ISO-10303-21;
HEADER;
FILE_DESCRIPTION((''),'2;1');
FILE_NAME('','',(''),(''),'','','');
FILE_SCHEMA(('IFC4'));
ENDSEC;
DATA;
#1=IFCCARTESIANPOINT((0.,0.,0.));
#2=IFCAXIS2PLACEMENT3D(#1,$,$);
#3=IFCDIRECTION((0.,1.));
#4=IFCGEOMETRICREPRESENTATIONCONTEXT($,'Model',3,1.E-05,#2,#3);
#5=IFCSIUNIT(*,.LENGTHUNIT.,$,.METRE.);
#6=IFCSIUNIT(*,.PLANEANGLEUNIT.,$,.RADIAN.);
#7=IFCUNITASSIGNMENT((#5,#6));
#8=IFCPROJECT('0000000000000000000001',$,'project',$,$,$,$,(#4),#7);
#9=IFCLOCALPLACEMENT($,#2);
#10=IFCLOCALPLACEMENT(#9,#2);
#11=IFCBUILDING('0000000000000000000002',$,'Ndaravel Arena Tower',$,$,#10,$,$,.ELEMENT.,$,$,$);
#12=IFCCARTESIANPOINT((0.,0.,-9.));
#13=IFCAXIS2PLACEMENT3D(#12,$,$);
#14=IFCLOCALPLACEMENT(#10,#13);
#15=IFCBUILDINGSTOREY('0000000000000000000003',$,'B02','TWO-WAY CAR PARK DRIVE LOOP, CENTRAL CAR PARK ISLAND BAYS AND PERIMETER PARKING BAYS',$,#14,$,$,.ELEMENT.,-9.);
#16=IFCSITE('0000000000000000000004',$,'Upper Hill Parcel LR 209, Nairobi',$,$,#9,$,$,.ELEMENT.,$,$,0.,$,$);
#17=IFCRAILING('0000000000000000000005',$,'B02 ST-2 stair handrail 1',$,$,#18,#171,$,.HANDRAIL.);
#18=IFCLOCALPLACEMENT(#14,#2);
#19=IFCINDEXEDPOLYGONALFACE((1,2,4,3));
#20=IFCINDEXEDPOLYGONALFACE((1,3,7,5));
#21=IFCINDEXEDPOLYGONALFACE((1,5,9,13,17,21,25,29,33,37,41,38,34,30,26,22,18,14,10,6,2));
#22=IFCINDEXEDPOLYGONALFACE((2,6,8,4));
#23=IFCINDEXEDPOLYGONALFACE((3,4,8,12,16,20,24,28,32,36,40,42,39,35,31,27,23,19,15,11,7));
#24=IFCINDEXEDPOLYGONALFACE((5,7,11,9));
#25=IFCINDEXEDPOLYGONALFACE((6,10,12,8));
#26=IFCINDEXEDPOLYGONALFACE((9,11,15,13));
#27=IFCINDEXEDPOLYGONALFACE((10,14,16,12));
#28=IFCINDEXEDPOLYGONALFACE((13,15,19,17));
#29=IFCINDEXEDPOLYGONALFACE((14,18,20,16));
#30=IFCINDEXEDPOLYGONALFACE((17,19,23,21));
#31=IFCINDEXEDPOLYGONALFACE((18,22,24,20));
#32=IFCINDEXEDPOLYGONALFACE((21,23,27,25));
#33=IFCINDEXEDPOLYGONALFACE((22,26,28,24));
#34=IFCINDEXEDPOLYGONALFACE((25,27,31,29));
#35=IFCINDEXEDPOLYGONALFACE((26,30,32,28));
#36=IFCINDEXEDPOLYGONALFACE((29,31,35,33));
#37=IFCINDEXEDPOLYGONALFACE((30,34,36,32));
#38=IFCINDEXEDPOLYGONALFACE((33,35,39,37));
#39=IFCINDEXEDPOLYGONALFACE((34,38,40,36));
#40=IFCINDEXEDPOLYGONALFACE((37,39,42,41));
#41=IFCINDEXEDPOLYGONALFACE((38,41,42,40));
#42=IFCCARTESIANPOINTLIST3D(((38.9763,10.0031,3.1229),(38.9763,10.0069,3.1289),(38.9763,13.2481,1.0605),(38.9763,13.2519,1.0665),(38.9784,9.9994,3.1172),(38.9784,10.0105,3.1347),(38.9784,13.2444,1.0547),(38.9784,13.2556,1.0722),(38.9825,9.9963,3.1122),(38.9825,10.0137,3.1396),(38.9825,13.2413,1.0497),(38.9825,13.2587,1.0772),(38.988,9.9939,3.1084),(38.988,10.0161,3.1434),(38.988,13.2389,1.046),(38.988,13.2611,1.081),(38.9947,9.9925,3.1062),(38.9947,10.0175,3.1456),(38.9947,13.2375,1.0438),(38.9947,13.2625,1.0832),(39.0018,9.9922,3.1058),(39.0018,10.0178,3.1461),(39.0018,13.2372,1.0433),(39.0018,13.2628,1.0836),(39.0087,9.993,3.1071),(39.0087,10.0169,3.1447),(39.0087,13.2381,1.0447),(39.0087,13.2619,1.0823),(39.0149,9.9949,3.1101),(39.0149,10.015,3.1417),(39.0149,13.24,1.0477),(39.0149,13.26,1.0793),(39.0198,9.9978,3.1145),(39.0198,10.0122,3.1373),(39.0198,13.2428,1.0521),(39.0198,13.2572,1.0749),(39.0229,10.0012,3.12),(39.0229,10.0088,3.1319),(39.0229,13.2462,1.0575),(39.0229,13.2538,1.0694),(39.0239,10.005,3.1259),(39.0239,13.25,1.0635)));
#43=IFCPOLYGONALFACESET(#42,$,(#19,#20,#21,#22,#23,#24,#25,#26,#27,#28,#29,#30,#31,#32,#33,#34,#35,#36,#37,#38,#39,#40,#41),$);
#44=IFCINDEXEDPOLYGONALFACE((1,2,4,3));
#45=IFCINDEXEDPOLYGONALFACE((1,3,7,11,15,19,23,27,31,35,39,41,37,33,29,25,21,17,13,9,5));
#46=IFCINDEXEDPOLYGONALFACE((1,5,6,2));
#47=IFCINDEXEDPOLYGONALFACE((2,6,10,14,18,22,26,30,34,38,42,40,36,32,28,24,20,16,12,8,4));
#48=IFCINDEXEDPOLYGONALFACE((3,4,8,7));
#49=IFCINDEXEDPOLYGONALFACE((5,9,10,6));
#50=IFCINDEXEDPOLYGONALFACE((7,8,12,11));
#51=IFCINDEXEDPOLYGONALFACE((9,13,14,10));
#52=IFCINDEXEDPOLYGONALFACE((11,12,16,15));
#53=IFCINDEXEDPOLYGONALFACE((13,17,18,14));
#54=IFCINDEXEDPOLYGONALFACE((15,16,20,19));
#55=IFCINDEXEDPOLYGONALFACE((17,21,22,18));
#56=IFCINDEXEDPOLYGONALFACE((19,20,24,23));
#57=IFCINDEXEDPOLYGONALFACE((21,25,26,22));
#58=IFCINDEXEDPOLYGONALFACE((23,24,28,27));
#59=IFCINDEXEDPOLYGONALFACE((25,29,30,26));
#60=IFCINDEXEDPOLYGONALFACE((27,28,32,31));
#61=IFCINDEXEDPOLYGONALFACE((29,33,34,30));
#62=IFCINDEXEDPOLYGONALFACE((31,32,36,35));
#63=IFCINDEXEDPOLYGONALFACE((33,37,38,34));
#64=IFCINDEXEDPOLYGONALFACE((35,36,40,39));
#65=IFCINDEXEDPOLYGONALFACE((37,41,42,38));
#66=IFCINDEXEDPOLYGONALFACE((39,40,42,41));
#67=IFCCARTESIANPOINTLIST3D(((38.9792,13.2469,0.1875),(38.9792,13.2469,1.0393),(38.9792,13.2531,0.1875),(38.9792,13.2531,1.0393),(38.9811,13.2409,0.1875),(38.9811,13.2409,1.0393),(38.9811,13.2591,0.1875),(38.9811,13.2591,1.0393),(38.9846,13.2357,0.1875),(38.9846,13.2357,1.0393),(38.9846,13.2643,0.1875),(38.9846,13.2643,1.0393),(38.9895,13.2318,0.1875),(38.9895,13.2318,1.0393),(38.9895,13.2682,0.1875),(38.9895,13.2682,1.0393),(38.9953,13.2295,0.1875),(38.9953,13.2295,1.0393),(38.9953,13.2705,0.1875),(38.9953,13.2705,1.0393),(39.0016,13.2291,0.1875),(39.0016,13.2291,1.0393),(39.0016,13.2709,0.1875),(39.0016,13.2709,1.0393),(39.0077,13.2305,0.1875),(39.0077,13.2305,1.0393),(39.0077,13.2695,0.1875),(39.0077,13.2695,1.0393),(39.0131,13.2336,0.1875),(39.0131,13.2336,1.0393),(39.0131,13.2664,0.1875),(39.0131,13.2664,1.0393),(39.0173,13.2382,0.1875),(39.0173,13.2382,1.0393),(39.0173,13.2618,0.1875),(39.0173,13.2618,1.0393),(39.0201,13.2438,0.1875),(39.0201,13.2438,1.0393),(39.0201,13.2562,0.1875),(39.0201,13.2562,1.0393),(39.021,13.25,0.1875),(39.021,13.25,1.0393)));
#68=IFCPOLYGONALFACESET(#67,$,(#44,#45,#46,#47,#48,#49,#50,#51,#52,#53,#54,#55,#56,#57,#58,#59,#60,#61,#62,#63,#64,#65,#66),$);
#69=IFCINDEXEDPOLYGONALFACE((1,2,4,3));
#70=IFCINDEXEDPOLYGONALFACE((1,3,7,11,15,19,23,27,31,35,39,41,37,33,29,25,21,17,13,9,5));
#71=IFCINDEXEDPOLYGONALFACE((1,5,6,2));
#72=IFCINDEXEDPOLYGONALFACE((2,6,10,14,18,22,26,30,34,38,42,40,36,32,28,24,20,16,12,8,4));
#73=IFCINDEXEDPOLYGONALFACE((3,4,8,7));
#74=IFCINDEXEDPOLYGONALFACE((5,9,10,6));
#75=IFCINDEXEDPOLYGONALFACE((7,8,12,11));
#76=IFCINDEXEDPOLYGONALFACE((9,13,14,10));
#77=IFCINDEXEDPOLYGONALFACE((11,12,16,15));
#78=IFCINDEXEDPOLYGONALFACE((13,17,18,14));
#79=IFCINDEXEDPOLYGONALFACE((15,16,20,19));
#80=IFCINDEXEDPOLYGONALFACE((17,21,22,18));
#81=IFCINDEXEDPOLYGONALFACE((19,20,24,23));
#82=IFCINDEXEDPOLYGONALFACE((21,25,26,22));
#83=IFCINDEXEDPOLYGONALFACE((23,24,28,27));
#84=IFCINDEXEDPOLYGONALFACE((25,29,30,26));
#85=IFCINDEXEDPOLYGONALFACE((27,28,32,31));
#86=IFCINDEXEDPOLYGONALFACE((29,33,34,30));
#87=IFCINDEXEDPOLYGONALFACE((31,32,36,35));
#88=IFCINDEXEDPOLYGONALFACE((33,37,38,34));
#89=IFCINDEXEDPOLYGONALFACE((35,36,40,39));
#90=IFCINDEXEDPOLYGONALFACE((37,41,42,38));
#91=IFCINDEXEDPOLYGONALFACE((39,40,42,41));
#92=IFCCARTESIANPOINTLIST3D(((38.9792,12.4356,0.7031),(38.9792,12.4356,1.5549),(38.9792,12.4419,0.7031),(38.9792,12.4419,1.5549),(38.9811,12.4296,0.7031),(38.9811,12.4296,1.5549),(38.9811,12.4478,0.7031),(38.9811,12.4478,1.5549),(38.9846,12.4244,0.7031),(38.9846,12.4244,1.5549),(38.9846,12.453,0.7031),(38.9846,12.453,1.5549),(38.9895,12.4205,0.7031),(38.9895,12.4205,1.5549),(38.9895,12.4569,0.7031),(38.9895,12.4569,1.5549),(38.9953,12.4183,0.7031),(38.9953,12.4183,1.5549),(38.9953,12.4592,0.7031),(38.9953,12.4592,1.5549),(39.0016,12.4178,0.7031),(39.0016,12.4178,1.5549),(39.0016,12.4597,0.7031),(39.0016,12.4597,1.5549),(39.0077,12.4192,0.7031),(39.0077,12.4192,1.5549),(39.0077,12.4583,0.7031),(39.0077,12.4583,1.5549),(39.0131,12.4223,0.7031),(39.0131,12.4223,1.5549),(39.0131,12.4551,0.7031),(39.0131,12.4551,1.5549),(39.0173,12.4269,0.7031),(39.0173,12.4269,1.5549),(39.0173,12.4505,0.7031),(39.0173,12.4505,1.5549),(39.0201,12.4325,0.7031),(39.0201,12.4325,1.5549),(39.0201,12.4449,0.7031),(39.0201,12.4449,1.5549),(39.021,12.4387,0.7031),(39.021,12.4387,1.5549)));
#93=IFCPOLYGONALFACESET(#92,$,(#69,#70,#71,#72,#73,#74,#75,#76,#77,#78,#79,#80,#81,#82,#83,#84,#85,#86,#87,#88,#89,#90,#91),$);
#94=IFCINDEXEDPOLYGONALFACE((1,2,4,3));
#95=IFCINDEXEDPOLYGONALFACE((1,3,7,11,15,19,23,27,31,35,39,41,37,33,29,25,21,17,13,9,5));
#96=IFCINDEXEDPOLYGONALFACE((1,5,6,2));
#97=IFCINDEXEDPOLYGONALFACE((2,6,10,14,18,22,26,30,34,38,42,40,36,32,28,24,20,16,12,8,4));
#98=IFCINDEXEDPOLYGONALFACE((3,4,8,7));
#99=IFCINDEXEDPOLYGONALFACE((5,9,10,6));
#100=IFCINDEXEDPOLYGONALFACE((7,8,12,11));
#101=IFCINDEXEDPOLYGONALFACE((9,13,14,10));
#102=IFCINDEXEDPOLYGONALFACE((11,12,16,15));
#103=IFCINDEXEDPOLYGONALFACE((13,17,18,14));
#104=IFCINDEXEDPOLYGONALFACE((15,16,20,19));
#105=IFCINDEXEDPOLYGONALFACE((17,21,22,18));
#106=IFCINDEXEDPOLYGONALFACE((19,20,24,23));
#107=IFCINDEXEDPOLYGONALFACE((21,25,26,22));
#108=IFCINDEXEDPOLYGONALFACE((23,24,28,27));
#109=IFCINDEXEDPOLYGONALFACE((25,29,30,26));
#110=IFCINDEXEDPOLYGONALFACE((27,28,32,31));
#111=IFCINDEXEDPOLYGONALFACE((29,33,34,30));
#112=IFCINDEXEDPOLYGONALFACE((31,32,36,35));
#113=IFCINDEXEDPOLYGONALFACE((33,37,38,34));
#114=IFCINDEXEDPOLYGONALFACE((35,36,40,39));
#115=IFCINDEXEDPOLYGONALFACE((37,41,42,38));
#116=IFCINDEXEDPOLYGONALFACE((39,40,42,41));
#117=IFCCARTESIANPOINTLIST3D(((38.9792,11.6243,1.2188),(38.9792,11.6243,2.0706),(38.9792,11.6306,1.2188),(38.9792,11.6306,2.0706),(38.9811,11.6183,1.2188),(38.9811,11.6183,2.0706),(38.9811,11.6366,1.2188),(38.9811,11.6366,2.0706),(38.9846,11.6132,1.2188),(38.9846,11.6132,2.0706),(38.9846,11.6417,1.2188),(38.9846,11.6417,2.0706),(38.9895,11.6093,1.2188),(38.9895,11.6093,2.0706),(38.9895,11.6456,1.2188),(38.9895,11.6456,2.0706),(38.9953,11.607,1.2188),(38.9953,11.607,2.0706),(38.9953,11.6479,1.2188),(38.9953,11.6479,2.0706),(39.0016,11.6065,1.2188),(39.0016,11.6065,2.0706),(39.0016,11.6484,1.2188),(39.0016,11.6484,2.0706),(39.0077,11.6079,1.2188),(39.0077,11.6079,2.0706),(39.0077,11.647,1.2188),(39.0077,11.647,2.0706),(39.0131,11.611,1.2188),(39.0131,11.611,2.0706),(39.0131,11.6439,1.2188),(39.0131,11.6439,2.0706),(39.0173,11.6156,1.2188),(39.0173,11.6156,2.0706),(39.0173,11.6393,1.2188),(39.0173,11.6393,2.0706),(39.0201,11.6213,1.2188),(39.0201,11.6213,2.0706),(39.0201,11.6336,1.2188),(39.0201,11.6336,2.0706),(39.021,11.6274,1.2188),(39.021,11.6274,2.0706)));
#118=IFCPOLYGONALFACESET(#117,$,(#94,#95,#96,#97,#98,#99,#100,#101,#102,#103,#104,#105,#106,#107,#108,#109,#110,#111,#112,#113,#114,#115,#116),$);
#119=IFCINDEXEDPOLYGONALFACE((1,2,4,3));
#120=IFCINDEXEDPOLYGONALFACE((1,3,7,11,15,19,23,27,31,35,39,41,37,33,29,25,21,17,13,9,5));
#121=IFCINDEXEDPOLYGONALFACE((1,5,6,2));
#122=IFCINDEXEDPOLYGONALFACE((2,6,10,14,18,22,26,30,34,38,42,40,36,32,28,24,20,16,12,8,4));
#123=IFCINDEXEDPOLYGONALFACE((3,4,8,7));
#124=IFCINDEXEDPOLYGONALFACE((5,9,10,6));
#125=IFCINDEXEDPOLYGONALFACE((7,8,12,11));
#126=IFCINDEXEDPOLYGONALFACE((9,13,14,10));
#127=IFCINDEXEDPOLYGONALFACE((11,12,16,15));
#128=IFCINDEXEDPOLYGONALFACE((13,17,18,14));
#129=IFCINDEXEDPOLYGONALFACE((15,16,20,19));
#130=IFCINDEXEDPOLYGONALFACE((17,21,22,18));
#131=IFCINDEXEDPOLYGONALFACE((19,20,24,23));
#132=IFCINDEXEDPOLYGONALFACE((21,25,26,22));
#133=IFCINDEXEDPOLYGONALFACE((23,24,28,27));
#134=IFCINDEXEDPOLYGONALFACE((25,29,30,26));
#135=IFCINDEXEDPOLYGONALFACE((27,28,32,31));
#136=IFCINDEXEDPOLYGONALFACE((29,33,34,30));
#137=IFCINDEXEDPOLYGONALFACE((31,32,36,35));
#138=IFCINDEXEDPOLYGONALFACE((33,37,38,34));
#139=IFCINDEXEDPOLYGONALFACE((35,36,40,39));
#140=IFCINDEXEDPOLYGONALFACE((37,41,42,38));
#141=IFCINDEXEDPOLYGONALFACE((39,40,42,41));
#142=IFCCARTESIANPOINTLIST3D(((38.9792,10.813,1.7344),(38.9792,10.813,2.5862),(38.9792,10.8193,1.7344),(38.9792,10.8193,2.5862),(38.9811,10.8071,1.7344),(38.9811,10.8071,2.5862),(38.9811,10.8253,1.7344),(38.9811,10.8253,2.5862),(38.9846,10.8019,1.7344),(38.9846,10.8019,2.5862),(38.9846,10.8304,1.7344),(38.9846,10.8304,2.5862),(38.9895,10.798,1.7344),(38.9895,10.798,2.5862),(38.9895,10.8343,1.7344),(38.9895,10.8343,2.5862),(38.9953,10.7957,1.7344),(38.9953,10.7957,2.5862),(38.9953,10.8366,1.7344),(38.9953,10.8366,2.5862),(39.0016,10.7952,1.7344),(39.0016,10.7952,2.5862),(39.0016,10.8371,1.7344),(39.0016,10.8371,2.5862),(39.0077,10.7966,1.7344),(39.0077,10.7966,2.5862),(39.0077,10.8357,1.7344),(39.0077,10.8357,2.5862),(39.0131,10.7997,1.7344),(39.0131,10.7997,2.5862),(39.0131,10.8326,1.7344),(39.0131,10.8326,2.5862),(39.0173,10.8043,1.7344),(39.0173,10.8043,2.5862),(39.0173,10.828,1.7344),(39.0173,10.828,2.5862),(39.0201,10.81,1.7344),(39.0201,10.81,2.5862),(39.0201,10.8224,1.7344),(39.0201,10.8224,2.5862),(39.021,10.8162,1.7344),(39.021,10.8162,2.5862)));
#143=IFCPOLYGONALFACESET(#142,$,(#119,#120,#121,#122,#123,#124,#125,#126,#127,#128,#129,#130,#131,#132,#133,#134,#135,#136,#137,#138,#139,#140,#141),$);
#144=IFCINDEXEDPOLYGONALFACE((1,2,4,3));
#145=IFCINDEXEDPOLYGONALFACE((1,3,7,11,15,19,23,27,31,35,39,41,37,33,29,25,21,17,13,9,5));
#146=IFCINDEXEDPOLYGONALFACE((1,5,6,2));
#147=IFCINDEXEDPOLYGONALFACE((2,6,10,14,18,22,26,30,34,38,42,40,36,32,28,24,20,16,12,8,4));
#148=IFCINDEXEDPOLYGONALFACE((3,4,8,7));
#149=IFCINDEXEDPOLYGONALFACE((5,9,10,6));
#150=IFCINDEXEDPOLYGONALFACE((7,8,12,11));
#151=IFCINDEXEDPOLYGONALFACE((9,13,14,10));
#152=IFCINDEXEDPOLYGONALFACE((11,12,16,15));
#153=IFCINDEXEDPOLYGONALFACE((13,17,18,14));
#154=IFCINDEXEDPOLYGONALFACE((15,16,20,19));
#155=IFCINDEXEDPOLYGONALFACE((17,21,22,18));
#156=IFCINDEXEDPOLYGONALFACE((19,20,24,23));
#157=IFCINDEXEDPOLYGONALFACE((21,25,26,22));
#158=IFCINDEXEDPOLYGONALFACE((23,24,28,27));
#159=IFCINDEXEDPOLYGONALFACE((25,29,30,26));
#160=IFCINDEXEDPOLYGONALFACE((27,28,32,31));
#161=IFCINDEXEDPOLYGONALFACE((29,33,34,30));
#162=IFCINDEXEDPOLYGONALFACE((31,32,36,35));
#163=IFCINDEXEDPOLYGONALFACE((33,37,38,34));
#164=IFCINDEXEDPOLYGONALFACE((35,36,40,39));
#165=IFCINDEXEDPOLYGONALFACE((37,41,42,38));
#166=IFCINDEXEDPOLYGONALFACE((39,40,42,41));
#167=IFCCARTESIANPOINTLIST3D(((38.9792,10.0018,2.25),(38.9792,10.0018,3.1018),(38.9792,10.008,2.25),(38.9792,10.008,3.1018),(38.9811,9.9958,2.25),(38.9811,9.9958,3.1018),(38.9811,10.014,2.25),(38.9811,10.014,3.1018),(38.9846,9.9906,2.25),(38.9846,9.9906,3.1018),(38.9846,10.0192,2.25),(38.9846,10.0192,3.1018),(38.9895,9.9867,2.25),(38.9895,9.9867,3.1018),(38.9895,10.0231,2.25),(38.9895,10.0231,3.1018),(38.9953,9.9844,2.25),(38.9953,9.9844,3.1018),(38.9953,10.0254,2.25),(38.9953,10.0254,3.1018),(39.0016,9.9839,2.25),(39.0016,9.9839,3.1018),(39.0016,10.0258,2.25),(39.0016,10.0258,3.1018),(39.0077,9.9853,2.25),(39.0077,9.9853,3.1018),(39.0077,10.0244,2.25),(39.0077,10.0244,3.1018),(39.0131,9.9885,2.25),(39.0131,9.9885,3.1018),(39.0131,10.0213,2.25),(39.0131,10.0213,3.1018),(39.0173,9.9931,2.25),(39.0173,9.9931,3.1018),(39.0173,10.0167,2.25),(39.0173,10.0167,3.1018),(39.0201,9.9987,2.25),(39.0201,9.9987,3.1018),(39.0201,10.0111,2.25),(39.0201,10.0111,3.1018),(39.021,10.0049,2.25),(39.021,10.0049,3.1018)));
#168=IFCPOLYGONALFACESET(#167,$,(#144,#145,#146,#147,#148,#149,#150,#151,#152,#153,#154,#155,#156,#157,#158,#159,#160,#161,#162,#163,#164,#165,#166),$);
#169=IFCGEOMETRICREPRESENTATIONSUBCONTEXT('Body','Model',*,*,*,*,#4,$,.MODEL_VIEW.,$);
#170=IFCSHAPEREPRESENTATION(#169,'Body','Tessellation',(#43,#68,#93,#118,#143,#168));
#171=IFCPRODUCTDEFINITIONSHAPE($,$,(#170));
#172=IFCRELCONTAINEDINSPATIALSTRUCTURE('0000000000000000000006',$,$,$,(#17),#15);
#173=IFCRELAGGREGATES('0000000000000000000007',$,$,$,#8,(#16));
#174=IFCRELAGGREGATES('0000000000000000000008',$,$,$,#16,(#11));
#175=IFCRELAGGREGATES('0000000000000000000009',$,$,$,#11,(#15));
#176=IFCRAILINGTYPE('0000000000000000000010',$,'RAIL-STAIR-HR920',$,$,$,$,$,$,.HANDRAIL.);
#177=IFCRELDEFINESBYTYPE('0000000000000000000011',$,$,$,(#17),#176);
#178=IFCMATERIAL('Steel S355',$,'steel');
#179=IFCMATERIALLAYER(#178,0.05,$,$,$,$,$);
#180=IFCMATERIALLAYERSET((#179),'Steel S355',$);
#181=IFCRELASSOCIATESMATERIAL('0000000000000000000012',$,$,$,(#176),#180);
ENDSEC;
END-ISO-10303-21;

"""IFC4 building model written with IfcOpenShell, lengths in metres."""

from ifc_helpers import new_model, si_unit, direction, frame, origin, origin_2d, place, context, subcontext, project, spatial, circle, extrude, material, layer, layer_set, type_object, element, save


model = new_model("IFC4")

# Units and contexts
model_context = context("Model", 3, precision=1e-05, world=origin(), true_north=direction((0.0, 1.0)))
body_context = subcontext(model_context, "Body", "Model", "MODEL_VIEW")
ifc_project = project(units=[si_unit("LENGTHUNIT", "METRE"), si_unit("PLANEANGLEUNIT", "RADIAN")], contexts=[model_context])

# Site, building, storey
site_placement = place(None, origin())
site = spatial("IfcSite", under=ifc_project, at=site_placement, Name="Upper Hill Parcel LR 209, Nairobi", CompositionType="ELEMENT", RefElevation=0.0)
building_placement = place(site_placement, origin())
building = spatial("IfcBuilding", under=site, at=building_placement, Name="Ndaravel Arena Tower", CompositionType="ELEMENT")
storey_placement = place(building_placement, frame((0.0, 0.0, -9.0)))
storey = spatial("IfcBuildingStorey", under=building, at=storey_placement, Name="B02", Description="TWO-WAY CAR PARK DRIVE LOOP, CENTRAL CAR PARK ISLAND BAYS AND PERIMETER PARKING BAYS", CompositionType="ELEMENT", Elevation=-9.0)

# Railing
ifc_material_1 = material(Name="Steel S355", Category="steel")
ifc_layer_1 = layer(ifc_material_1, 0.05)
ifc_layer_set_1 = layer_set([ifc_layer_1], Name="Steel S355")
railing_type_1 = type_object("IfcRailingType", Name="RAIL-STAIR-HR920", PredefinedType="HANDRAIL", material=ifc_layer_set_1)
railing_1_placement = place(storey_placement, frame((39.0, 13.25, 0.1875)))
element("IfcRailing", 1, at=railing_1_placement, inside=storey, type_object=railing_type_1, Name="B02 ST-2 stair handrail 1", PredefinedType="HANDRAIL", context=body_context, shape_type="SweptSolid", body=[
    extrude(circle(Radius=0.0239, at=origin_2d()), frame((0.0, 0.0, 0.876), z_axis=(0.0, -0.843965, 0.536399), x_axis=(1.0, 0.0, 0.0)), (0.0, 0.0, 1.0), 3.845),
    extrude(circle(Radius=0.021, at=origin_2d()), origin(), (0.0, 0.0, 1.0), 0.8518),
    extrude(circle(Radius=0.021, at=origin_2d()), frame((0.0, -0.8113, 0.5156)), (0.0, 0.0, 1.0), 0.8518),
    extrude(circle(Radius=0.021, at=origin_2d()), frame((0.0, -1.6226, 1.0312)), (0.0, 0.0, 1.0), 0.8518),
    extrude(circle(Radius=0.021, at=origin_2d()), frame((0.0, -2.4338, 1.5469)), (0.0, 0.0, 1.0), 0.8518),
    extrude(circle(Radius=0.021, at=origin_2d()), frame((0.0, -3.2451, 2.0625)), (0.0, 0.0, 1.0), 0.8518),
])

save(model, "model.ifc")
